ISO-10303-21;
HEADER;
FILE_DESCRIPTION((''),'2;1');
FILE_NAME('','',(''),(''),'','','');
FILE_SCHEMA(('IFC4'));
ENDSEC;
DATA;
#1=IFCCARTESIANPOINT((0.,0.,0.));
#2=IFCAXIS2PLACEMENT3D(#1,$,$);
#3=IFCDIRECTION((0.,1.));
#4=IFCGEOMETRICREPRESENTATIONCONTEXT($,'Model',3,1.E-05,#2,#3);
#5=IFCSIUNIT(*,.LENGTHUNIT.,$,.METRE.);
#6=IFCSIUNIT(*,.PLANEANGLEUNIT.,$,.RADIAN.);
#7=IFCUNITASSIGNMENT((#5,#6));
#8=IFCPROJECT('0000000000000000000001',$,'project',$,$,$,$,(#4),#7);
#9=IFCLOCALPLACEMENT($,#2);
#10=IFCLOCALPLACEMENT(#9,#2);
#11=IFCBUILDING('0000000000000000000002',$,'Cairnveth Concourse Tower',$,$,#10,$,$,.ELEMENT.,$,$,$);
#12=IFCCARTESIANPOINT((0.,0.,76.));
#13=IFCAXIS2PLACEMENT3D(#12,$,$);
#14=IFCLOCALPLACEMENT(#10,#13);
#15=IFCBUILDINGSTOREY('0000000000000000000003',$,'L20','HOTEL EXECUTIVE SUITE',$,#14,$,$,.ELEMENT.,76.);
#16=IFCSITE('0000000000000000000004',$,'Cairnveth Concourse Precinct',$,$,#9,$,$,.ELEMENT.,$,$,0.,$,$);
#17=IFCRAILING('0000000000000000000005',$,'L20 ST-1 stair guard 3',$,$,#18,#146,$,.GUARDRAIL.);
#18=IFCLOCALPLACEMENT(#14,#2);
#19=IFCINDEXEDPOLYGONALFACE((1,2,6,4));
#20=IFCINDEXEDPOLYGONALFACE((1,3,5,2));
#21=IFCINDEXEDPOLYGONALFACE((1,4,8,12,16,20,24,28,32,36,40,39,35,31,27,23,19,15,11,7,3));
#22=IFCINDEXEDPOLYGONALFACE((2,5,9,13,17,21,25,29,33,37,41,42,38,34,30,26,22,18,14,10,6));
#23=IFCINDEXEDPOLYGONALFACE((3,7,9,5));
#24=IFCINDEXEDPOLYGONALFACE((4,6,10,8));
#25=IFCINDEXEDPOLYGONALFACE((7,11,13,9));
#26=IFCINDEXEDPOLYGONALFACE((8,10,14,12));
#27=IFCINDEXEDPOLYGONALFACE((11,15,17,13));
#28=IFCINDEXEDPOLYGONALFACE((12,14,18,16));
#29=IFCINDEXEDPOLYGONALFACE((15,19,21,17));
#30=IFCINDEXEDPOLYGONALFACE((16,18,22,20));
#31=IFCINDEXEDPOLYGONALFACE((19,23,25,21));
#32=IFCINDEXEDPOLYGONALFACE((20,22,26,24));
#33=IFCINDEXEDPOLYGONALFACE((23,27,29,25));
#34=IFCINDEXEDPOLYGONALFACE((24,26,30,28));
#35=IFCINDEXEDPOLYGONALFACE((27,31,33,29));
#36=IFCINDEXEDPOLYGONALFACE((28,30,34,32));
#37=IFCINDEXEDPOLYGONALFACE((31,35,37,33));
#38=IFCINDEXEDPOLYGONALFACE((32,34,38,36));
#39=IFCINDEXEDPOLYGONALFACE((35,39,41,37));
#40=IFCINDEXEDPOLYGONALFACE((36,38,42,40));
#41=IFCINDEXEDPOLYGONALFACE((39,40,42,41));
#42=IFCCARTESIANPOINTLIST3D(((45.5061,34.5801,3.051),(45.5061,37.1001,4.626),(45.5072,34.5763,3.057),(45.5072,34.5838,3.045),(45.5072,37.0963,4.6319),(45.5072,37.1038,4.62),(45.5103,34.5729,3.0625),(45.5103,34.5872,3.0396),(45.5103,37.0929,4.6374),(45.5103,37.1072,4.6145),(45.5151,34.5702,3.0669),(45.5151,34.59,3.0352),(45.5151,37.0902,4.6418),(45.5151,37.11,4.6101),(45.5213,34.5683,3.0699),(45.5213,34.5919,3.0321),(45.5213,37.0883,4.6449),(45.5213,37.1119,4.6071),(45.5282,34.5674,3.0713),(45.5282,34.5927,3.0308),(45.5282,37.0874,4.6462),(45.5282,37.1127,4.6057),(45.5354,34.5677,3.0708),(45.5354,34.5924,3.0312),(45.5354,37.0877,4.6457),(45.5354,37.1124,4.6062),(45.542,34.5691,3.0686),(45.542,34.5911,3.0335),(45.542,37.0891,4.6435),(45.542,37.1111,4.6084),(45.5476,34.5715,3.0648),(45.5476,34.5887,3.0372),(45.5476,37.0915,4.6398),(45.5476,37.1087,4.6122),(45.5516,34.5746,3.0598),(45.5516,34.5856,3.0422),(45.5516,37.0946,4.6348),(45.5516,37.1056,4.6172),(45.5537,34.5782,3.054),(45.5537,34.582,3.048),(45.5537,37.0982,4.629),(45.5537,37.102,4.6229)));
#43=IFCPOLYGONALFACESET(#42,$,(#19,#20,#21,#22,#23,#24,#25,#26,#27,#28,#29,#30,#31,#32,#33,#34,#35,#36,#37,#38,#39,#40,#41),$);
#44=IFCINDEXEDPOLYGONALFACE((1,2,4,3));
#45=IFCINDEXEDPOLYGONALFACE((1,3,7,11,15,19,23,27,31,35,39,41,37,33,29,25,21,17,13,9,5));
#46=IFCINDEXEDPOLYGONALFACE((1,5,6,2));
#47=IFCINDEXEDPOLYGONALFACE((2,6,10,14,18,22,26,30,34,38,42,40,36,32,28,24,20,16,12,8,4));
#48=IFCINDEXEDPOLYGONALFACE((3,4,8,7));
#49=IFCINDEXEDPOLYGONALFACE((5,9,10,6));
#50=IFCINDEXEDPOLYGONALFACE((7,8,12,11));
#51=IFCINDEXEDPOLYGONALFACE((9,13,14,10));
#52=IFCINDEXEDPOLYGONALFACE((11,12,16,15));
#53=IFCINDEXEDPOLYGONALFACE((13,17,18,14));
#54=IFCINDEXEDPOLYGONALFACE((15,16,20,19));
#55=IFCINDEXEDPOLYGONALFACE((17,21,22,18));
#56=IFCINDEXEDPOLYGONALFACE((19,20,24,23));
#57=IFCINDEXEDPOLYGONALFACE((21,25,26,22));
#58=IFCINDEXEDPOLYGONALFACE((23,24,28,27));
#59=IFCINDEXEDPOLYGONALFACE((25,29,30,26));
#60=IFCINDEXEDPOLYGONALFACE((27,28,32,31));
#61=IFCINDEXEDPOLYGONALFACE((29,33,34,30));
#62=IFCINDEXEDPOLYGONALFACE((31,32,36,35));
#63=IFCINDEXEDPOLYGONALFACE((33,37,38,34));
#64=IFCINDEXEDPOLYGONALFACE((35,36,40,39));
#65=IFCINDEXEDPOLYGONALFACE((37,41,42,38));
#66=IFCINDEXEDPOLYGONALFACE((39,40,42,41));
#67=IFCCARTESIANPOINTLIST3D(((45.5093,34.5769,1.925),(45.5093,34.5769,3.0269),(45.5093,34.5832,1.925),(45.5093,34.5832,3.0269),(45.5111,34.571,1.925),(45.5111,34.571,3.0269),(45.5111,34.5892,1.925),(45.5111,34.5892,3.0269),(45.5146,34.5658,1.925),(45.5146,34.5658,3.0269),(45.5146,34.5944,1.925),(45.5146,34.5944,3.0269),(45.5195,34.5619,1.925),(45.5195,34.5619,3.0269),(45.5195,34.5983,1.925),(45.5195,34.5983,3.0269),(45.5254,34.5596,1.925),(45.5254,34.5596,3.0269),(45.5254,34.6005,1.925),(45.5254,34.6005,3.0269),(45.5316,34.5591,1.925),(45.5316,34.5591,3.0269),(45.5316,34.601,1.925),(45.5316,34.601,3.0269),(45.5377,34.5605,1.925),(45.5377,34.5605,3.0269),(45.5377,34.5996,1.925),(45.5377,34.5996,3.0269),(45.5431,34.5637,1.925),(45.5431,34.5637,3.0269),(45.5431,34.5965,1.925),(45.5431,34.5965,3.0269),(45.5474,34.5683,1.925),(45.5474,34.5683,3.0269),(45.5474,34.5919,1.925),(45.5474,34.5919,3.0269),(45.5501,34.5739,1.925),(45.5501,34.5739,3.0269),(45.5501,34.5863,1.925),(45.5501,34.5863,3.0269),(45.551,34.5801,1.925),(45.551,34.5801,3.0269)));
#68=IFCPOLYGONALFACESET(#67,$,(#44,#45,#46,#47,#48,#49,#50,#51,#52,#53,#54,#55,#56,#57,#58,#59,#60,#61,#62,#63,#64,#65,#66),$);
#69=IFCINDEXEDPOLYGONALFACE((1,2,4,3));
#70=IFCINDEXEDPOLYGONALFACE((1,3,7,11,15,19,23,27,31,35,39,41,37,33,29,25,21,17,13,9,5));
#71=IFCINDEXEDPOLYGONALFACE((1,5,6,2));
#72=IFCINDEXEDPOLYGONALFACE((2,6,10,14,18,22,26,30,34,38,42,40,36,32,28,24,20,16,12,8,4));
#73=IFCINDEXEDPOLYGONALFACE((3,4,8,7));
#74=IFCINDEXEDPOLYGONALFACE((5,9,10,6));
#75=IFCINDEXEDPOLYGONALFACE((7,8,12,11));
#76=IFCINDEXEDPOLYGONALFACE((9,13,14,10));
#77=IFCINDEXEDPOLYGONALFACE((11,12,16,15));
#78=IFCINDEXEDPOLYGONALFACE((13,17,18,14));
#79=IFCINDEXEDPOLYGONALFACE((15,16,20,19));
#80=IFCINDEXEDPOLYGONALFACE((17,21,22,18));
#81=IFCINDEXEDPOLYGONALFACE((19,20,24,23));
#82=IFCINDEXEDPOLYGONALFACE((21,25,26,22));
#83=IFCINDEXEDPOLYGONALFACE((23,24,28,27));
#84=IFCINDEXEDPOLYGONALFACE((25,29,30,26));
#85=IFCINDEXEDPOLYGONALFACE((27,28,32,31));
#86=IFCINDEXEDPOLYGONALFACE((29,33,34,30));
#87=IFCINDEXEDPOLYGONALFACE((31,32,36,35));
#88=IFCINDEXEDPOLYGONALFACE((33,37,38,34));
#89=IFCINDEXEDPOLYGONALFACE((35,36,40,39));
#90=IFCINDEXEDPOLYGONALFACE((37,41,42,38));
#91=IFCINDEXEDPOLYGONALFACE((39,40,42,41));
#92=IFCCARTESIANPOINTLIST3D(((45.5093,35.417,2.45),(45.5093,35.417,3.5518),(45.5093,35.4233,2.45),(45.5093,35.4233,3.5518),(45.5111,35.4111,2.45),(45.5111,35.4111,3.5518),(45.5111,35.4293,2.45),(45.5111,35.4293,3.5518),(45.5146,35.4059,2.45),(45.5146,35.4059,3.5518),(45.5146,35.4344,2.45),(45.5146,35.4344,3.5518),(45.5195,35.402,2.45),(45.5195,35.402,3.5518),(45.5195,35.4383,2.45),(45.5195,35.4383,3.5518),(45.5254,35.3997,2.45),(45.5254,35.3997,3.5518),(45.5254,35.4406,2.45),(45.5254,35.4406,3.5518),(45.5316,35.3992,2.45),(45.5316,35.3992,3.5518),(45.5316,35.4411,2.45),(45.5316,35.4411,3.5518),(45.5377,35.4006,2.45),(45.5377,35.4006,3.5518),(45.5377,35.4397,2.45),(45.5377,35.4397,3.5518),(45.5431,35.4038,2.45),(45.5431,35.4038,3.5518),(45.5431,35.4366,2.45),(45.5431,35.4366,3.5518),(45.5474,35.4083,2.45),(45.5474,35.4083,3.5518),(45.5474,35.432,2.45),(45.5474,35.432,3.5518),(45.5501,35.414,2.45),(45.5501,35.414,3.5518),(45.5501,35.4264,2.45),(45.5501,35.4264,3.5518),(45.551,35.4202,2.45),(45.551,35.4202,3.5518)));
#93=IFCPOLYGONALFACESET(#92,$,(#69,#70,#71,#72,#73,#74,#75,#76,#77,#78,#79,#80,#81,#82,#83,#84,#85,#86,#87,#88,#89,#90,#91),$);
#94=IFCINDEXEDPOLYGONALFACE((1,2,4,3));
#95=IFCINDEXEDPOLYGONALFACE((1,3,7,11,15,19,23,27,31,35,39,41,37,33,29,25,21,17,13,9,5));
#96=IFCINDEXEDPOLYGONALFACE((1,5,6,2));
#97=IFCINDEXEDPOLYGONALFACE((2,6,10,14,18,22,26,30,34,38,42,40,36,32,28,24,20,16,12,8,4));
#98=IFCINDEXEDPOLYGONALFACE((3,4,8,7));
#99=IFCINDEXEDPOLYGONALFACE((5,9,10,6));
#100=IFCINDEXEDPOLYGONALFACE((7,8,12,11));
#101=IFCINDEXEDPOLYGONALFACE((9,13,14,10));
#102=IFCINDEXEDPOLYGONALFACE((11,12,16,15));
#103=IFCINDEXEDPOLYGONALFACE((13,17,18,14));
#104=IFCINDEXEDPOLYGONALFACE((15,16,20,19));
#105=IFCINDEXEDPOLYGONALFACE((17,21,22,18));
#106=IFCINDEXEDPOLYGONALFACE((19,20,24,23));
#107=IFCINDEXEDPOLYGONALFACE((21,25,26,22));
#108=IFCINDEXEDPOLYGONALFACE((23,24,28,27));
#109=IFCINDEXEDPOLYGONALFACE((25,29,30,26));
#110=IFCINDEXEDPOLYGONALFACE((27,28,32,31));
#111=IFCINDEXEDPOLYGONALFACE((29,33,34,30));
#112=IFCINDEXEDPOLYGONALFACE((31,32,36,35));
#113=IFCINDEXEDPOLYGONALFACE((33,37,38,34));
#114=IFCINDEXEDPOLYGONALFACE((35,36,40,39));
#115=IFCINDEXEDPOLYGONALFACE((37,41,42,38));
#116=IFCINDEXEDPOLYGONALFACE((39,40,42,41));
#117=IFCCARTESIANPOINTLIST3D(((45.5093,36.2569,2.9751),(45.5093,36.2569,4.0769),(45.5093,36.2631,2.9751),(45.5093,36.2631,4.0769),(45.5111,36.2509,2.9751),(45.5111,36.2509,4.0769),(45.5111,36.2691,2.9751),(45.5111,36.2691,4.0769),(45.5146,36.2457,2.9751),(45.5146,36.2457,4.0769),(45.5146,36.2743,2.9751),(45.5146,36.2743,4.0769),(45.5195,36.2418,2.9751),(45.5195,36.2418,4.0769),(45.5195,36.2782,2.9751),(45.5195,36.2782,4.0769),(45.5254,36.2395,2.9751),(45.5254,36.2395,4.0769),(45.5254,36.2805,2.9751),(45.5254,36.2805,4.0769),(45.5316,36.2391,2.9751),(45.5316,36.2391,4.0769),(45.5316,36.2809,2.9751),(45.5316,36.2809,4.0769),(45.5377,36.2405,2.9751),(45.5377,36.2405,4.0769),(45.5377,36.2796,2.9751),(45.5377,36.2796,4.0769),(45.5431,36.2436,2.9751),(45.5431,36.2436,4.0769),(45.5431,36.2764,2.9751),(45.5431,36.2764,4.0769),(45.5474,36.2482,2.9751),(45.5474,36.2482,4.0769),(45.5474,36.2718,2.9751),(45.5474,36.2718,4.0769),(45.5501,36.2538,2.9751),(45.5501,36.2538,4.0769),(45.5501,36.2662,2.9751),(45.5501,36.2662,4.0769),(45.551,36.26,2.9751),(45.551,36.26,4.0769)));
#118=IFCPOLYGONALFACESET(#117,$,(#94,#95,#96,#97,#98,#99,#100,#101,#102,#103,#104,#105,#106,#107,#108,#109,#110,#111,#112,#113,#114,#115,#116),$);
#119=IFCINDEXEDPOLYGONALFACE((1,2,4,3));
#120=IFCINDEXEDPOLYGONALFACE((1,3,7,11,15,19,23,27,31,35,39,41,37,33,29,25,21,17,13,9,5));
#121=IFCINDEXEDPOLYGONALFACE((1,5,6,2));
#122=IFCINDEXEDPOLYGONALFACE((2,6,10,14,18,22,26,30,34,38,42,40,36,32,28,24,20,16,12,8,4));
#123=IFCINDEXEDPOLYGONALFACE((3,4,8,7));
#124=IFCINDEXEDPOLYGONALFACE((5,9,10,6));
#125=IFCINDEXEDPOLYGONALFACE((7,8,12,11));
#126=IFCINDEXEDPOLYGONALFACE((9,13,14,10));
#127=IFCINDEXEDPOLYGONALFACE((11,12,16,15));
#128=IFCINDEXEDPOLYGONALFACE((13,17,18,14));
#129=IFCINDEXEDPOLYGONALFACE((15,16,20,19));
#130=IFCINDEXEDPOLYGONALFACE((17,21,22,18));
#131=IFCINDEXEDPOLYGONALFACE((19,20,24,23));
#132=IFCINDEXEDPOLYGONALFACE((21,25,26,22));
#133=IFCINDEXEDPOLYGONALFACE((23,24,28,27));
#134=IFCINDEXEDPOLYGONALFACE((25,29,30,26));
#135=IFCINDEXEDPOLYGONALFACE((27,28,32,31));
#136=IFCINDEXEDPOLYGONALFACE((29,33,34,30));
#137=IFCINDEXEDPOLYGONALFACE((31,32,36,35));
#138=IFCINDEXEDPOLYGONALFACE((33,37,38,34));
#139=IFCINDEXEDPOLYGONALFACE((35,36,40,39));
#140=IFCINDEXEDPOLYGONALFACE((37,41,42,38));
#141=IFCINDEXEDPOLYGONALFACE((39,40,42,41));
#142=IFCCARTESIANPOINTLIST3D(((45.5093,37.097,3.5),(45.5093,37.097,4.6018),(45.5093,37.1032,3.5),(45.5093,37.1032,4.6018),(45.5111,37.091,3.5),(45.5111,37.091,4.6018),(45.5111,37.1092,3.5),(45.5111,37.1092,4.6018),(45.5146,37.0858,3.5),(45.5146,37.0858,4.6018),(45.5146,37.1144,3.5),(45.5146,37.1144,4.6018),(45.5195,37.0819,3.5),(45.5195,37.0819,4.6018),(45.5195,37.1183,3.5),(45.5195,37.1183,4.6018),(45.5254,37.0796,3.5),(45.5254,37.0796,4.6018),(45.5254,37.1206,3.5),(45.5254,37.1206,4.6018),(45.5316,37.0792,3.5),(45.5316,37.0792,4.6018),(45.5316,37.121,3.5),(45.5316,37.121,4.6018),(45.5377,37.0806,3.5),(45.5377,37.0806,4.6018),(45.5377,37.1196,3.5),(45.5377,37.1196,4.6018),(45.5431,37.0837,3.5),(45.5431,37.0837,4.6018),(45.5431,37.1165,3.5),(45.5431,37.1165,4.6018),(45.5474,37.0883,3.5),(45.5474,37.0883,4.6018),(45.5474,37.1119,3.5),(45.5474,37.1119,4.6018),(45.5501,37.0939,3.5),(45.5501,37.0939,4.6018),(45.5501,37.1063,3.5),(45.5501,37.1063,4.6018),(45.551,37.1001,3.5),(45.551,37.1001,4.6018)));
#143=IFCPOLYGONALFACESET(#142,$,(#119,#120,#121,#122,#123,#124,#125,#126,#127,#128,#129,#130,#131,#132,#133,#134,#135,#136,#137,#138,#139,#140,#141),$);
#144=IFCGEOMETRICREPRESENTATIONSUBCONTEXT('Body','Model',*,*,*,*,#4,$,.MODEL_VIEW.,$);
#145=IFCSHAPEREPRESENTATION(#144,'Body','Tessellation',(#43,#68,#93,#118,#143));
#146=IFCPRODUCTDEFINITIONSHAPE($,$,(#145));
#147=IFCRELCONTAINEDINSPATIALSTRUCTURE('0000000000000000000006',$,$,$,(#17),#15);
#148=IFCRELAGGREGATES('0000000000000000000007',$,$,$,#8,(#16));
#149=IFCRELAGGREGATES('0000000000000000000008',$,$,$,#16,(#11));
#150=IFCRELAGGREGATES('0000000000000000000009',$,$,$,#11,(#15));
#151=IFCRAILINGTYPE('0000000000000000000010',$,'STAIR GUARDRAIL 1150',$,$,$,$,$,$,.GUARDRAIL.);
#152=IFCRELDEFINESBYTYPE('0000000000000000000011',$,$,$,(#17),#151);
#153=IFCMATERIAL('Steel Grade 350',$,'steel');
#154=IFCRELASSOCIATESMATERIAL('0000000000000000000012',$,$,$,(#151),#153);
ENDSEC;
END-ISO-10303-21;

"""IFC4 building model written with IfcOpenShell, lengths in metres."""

from ifc_helpers import new_model, si_unit, direction, frame, origin, origin_2d, place, context, subcontext, project, spatial, circle, extrude, material, type_object, element, save


model = new_model("IFC4")

# Units and contexts
model_context = context("Model", 3, precision=1e-05, world=origin(), true_north=direction((0.0, 1.0)))
body_context = subcontext(model_context, "Body", "Model", "MODEL_VIEW")
ifc_project = project(units=[si_unit("LENGTHUNIT", "METRE"), si_unit("PLANEANGLEUNIT", "RADIAN")], contexts=[model_context])

# Site, building, storey
site_placement = place(None, origin())
site = spatial("IfcSite", under=ifc_project, at=site_placement, Name="Cairnveth Concourse Precinct", CompositionType="ELEMENT", RefElevation=0.0)
building_placement = place(site_placement, origin())
building = spatial("IfcBuilding", under=site, at=building_placement, Name="Cairnveth Concourse Tower", CompositionType="ELEMENT")
storey_placement = place(building_placement, frame((0.0, 0.0, 76.0)))
storey = spatial("IfcBuildingStorey", under=building, at=storey_placement, Name="L20", Description="HOTEL EXECUTIVE SUITE", CompositionType="ELEMENT", Elevation=76.0)

# Railing
ifc_material_1 = material(Name="Steel Grade 350", Category="steel")
railing_type_1 = type_object("IfcRailingType", Name="STAIR GUARDRAIL 1150", PredefinedType="GUARDRAIL", material=ifc_material_1)
railing_1_placement = place(storey_placement, frame((45.53, 34.5801, 1.925)))
element("IfcRailing", 1, at=railing_1_placement, inside=storey, type_object=railing_type_1, Name="L20 ST-1 stair guard 3", PredefinedType="GUARDRAIL", context=body_context, shape_type="SweptSolid", body=[
    extrude(circle(Radius=0.0239, at=origin_2d()), frame((0.0, 0.0, 1.126), z_axis=(0.0, 0.848008, 0.529984), x_axis=(-1.0, 0.0, 0.0)), (0.0, 0.0, 1.0), 2.9717),
    extrude(circle(Radius=0.021, at=origin_2d()), origin(), (0.0, 0.0, 1.0), 1.1018),
    extrude(circle(Radius=0.021, at=origin_2d()), frame((0.0, 0.8401, 0.5249)), (0.0, 0.0, 1.0), 1.1018),
    extrude(circle(Radius=0.021, at=origin_2d()), frame((0.0, 1.6799, 1.05)), (0.0, 0.0, 1.0), 1.1018),
    extrude(circle(Radius=0.021, at=origin_2d()), frame((0.0, 2.52, 1.575)), (0.0, 0.0, 1.0), 1.1018),
])

save(model, "model.ifc")
